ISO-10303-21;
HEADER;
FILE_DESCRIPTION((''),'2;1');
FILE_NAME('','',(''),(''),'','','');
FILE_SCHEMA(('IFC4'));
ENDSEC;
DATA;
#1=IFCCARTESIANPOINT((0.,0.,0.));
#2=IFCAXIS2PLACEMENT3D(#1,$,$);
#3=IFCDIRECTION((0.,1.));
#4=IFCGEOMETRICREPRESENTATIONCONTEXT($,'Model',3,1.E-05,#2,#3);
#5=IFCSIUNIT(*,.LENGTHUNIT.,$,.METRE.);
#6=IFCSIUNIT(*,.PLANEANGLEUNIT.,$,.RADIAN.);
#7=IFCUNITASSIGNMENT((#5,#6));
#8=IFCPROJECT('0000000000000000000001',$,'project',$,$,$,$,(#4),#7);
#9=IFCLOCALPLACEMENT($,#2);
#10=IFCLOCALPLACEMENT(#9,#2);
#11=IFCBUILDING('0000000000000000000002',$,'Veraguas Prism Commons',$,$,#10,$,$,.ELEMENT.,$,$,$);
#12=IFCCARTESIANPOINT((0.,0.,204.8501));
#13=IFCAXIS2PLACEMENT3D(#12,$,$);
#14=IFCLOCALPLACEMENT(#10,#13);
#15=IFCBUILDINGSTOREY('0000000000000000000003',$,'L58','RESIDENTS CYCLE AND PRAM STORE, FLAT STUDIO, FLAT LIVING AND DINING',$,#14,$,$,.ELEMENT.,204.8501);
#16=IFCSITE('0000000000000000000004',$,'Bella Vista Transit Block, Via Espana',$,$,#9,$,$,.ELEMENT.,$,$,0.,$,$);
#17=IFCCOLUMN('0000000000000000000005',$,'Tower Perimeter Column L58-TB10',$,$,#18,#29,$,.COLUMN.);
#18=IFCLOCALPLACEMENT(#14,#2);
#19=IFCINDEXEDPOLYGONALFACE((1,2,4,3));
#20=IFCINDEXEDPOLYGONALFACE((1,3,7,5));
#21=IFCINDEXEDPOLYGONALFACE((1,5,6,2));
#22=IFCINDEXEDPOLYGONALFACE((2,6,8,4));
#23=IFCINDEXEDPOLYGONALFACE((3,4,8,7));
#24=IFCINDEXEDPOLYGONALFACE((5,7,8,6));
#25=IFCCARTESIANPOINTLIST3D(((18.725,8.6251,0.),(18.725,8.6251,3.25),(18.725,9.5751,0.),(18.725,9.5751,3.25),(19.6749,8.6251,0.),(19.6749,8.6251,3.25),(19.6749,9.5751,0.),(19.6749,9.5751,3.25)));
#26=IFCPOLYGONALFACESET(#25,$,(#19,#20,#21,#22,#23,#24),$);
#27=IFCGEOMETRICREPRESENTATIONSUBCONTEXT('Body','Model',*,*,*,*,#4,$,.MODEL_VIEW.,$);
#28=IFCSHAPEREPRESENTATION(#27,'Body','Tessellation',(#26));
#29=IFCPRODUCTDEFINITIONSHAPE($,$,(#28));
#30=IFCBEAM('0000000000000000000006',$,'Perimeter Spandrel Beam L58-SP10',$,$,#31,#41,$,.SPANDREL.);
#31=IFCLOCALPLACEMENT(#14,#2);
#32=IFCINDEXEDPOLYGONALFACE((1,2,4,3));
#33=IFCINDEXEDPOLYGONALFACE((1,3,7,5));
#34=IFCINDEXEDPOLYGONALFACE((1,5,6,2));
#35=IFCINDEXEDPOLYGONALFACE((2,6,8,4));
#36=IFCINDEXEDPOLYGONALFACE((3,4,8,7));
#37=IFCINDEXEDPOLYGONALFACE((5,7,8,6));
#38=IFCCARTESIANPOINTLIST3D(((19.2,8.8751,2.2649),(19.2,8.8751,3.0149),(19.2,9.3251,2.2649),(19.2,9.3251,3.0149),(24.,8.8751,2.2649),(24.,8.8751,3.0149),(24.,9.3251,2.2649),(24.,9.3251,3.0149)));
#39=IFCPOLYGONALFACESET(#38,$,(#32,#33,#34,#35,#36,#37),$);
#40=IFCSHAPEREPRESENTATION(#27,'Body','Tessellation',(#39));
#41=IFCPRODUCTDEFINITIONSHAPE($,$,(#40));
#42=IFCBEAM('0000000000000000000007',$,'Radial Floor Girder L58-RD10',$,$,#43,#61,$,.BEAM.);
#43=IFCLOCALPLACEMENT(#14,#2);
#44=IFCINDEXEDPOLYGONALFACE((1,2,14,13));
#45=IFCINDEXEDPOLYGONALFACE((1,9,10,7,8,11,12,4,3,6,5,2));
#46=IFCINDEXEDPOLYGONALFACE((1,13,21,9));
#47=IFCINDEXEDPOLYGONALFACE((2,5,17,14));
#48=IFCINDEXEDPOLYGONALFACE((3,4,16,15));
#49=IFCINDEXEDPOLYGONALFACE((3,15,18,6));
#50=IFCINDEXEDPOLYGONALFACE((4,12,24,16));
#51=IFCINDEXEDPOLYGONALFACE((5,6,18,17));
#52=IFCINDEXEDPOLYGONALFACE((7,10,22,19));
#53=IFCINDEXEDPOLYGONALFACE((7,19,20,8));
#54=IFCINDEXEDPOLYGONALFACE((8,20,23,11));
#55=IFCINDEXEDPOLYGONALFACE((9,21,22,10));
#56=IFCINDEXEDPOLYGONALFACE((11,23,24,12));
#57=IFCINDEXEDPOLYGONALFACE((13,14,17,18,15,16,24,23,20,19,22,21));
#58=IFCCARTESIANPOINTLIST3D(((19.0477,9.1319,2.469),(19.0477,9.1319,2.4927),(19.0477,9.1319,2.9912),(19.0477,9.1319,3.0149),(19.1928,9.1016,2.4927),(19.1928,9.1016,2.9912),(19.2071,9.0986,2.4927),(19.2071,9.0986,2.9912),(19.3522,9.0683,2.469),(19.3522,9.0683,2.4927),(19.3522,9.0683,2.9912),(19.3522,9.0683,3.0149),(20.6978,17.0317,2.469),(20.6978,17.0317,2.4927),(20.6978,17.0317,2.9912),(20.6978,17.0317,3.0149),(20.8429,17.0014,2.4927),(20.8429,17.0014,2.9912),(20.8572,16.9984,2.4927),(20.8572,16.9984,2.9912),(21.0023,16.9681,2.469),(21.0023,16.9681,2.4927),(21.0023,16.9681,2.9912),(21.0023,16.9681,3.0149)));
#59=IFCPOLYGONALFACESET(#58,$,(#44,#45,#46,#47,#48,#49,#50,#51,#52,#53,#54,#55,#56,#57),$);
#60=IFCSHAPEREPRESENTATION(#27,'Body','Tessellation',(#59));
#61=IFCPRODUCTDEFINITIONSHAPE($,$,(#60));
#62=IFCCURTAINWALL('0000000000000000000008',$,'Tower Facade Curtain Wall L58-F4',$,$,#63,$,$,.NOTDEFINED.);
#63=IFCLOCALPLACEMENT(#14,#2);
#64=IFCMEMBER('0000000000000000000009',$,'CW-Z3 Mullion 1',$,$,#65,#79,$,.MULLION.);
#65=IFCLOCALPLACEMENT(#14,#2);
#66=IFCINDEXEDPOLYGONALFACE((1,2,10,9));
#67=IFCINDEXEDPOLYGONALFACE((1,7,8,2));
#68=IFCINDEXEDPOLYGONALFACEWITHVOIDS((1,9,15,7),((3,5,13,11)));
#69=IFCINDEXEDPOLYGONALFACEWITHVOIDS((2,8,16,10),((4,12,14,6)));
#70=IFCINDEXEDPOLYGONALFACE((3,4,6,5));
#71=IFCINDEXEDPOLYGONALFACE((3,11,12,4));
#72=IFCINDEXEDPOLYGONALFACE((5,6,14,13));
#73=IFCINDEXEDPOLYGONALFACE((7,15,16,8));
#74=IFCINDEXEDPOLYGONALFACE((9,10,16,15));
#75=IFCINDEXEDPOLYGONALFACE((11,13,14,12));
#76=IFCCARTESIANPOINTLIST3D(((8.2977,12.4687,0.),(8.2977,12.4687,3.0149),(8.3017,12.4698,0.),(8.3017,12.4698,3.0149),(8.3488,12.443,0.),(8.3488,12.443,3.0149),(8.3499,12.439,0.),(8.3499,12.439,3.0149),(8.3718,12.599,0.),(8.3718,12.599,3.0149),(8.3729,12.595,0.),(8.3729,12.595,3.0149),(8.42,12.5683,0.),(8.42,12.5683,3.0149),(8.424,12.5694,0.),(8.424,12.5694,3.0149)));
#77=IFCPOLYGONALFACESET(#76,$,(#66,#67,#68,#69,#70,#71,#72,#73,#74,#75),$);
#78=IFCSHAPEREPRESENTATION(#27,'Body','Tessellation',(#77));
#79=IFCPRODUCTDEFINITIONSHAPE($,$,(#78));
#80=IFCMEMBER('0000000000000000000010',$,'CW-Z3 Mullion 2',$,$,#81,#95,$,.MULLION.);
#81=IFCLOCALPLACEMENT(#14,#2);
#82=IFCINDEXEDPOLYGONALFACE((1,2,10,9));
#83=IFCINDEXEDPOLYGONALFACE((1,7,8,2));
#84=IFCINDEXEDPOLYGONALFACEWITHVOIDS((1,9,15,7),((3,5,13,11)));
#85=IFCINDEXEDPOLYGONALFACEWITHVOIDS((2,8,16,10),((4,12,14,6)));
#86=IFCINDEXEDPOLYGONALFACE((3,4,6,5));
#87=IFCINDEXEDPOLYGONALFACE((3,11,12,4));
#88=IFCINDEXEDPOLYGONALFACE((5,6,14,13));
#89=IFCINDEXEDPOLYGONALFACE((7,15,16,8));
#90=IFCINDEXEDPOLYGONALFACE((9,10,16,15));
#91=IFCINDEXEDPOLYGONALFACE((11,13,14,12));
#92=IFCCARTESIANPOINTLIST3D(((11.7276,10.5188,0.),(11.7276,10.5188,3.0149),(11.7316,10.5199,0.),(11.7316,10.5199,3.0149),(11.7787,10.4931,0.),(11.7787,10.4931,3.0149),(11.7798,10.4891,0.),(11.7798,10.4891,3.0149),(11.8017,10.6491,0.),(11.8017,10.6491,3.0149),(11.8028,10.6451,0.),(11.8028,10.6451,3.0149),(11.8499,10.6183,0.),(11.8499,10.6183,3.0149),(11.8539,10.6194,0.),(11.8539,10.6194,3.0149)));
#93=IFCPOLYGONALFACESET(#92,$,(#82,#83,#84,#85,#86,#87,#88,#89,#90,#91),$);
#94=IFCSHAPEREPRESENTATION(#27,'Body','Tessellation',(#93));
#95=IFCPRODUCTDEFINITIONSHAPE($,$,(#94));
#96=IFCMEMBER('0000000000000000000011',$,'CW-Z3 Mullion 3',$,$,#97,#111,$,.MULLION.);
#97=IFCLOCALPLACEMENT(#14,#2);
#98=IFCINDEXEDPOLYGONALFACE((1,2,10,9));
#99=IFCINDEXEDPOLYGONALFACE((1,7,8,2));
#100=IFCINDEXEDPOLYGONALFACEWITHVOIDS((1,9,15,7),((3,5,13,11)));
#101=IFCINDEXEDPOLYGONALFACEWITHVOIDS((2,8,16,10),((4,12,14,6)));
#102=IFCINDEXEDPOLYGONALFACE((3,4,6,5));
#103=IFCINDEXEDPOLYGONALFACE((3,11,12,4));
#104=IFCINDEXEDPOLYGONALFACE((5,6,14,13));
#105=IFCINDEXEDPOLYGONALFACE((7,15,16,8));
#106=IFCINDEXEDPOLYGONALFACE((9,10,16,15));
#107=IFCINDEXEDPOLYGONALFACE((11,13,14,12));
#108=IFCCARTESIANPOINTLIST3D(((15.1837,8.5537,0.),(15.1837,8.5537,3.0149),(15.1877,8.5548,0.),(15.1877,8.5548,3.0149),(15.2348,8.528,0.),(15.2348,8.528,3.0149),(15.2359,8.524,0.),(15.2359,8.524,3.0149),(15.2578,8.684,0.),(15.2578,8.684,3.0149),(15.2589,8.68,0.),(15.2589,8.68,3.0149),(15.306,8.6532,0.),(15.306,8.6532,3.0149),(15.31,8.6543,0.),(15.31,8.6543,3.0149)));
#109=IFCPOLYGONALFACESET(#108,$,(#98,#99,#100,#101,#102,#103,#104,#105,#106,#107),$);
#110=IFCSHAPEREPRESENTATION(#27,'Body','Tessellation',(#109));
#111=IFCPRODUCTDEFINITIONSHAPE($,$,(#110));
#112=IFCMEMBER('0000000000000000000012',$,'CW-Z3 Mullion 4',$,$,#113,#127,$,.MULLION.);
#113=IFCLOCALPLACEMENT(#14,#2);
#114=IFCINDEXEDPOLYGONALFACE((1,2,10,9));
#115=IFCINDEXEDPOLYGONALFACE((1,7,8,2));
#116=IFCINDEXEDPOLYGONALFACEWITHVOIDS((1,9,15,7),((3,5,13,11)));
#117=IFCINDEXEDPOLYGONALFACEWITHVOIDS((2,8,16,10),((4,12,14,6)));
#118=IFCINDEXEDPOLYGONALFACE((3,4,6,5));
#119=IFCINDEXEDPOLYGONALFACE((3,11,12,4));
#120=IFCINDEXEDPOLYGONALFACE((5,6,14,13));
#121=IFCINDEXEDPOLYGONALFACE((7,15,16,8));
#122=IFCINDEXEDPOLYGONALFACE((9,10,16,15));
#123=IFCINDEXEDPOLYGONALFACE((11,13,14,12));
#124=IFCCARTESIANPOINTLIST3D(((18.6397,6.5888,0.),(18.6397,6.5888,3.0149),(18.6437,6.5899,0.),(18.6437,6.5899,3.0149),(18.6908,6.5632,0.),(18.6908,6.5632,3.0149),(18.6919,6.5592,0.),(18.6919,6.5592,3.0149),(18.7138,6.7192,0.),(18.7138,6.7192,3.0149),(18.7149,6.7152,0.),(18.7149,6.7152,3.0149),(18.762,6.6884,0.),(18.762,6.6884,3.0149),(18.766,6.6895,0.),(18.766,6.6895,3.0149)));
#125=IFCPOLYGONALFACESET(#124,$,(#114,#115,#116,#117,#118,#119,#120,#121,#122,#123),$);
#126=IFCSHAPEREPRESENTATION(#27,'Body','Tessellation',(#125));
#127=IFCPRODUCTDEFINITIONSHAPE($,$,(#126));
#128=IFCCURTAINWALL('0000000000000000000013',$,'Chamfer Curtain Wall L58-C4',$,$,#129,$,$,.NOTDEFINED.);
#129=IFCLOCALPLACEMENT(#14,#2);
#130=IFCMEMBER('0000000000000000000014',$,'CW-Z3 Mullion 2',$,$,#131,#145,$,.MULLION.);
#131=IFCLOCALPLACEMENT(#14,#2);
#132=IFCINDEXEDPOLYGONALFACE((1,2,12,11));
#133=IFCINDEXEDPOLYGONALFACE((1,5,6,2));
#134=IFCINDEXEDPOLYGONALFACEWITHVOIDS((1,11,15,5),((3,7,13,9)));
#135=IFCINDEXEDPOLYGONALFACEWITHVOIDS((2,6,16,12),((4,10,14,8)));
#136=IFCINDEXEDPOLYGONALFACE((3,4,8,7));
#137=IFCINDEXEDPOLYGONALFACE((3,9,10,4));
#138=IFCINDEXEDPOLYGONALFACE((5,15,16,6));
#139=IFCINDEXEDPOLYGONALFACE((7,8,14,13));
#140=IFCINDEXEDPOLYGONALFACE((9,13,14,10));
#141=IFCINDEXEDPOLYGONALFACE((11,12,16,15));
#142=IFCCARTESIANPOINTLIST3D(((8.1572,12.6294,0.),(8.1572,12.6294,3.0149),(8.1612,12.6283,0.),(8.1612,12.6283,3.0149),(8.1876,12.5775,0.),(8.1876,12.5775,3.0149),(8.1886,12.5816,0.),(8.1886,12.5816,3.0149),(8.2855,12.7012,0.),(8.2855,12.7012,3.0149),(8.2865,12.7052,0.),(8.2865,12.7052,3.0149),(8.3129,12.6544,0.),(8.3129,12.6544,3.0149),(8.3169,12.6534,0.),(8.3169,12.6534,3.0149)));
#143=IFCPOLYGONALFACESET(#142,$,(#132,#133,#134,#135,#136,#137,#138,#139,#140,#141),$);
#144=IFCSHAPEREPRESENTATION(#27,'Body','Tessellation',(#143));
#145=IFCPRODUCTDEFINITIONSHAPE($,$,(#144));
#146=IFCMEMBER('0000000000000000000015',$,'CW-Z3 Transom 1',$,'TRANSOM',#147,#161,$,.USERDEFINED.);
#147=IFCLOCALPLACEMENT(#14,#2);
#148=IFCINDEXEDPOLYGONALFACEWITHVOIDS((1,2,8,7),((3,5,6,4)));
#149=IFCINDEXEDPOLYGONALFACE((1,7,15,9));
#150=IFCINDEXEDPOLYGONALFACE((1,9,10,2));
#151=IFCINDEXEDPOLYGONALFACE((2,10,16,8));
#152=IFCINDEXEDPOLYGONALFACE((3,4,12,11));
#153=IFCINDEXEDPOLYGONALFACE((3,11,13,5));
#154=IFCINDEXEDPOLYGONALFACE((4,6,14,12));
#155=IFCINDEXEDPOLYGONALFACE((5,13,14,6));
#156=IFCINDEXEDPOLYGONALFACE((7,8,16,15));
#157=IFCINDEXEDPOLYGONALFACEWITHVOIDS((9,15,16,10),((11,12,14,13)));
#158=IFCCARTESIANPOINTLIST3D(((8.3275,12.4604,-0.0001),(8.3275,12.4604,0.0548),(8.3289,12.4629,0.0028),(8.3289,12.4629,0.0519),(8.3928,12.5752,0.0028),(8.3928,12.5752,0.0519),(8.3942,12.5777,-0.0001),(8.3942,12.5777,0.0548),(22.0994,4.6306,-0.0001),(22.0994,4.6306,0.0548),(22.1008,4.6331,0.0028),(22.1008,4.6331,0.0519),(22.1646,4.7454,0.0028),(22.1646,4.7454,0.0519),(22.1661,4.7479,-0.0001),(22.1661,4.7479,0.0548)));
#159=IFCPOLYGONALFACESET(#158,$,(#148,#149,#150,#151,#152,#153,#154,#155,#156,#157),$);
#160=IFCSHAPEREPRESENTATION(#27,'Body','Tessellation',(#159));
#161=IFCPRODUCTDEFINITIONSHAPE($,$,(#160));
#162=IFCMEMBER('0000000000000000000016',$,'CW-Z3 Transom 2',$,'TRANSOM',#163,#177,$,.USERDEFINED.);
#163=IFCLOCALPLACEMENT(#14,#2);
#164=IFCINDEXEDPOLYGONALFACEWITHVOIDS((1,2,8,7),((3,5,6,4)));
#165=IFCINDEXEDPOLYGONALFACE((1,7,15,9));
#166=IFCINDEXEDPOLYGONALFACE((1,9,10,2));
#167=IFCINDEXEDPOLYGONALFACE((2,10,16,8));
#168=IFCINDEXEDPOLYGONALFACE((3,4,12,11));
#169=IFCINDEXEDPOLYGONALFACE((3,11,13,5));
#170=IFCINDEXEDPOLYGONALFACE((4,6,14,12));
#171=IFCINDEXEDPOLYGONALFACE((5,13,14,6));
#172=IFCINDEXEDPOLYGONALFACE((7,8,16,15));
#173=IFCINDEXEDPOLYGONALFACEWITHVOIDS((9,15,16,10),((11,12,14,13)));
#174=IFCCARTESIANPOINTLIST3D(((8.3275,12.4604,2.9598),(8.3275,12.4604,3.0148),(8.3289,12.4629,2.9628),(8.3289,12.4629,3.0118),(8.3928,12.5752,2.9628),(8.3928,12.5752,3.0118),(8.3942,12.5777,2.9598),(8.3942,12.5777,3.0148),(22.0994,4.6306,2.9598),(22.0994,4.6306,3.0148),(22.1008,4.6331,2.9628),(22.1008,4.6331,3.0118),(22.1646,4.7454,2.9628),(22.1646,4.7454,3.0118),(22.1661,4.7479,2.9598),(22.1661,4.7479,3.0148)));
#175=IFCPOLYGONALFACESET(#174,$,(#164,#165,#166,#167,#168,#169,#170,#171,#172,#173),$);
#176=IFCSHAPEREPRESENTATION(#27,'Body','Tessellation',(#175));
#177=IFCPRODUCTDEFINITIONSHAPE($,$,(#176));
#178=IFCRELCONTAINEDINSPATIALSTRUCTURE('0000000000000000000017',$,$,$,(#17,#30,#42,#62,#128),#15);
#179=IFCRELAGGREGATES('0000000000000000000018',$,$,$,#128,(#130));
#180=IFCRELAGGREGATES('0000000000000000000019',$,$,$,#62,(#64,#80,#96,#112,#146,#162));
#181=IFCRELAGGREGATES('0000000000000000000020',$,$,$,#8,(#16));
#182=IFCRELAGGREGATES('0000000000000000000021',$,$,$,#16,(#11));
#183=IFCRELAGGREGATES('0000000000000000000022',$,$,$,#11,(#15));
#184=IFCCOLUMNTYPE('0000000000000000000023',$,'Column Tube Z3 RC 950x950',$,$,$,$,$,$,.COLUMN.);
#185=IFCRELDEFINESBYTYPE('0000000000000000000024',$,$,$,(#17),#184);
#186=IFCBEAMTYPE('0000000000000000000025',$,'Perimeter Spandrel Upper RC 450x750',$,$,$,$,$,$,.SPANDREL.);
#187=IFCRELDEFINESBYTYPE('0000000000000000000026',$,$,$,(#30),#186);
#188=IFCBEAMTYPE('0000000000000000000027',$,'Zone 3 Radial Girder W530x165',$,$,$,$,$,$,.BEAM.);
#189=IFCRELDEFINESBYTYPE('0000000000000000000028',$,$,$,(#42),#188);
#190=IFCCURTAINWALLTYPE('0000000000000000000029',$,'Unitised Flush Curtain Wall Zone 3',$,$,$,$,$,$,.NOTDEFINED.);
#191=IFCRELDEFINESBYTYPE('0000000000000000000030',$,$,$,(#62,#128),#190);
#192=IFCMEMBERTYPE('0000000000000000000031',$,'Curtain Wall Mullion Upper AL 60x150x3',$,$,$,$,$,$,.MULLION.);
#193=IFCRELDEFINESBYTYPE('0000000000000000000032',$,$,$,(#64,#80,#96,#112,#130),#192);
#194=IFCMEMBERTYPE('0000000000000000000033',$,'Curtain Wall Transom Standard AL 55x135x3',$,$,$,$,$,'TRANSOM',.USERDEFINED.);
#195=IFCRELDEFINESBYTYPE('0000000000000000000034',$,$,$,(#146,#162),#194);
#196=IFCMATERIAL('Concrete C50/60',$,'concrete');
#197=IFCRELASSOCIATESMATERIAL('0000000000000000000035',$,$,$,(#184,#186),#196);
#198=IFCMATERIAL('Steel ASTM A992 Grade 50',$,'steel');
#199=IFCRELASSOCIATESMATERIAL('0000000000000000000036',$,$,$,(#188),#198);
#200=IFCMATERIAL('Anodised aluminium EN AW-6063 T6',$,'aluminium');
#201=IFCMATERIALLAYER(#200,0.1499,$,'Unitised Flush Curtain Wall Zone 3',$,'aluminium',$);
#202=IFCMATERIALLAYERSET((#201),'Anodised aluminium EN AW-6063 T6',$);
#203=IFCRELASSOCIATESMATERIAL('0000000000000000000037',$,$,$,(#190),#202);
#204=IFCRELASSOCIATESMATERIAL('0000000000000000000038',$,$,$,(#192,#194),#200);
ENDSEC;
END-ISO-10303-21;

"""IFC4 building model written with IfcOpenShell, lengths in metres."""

from ifc_helpers import new_model, si_unit, direction, frame, origin, origin_2d, place, context, subcontext, project, spatial, rectangle, hollow_rectangle, i_section, extrude, source, transform, mapped, material, layer, layer_set, material_profile, profile_set, type_object, element, aggregate, save


model = new_model("IFC4")

# Units and contexts
model_context = context("Model", 3, precision=1e-05, world=origin(), true_north=direction((0.0, 1.0)))
body_context = subcontext(model_context, "Body", "Model", "MODEL_VIEW")
ifc_project = project(units=[si_unit("LENGTHUNIT", "METRE"), si_unit("PLANEANGLEUNIT", "RADIAN")], contexts=[model_context])

# Site, building, storey
site_placement = place(None, origin())
site = spatial("IfcSite", under=ifc_project, at=site_placement, Name="Bella Vista Transit Block, Via Espana", CompositionType="ELEMENT", RefElevation=0.0)
building_placement = place(site_placement, origin())
building = spatial("IfcBuilding", under=site, at=building_placement, Name="Veraguas Prism Commons", CompositionType="ELEMENT")
storey_placement = place(building_placement, frame((0.0, 0.0, 204.8501)))
storey = spatial("IfcBuildingStorey", under=building, at=storey_placement, Name="L58", Description="RESIDENTS CYCLE AND PRAM STORE, FLAT STUDIO, FLAT LIVING AND DINING", CompositionType="ELEMENT", Elevation=204.8501)

# Column
ifc_material_1 = material(Name="Concrete C50/60", Category="concrete")
ifc_material_profile_1 = material_profile(ifc_material_1, rectangle(XDim=0.95, YDim=0.95, at=origin_2d()), Name="RC950X950")
ifc_profile_set_1 = profile_set([ifc_material_profile_1], Name="Concrete C50/60")
column_type = type_object("IfcColumnType", Name="Column Tube Z3 RC 950x950", PredefinedType="COLUMN", material=ifc_profile_set_1)
column_placement = place(storey_placement, frame((19.2, 9.1001, 0.0), z_axis=(0.0, 0.0, 1.0), x_axis=(1.0, 0.0, 0.0)))
element("IfcColumn", 1, at=column_placement, inside=storey, type_object=column_type, Name="Tower Perimeter Column L58-TB10", PredefinedType="COLUMN", context=body_context, shape_type="SweptSolid", body=[
    extrude(rectangle(XDim=0.95, YDim=0.95, at=origin_2d()), origin(), (0.0, 0.0, 1.0), 3.25),
])

# Beams
ifc_material_profile_2 = material_profile(ifc_material_1, rectangle(XDim=0.45, YDim=0.75, at=origin_2d()), Name="RC450X750")
ifc_profile_set_2 = profile_set([ifc_material_profile_2], Name="Concrete C50/60")
beam_type_1 = type_object("IfcBeamType", Name="Perimeter Spandrel Upper RC 450x750", PredefinedType="SPANDREL", material=ifc_profile_set_2)
beam_1_placement = place(storey_placement, frame((19.2, 9.1001, 2.6399), z_axis=(1.0, 0.0, 0.0), x_axis=(0.0, 1.0, 0.0)))
element("IfcBeam", 2, at=beam_1_placement, inside=storey, type_object=beam_type_1, Name="Perimeter Spandrel Beam L58-SP10", PredefinedType="SPANDREL", context=body_context, shape_type="SweptSolid", body=[
    extrude(rectangle(XDim=0.45, YDim=0.75, at=origin_2d()), origin(), (0.0, 0.0, 1.0), 4.8),
])
ifc_material_2 = material(Name="Steel ASTM A992 Grade 50", Category="steel")
ifc_material_profile_3 = material_profile(ifc_material_2, i_section(OverallWidth=0.311, OverallDepth=0.5459, WebThickness=0.0146, FlangeThickness=0.0237, at=origin_2d()), Name="W530X165")
ifc_profile_set_3 = profile_set([ifc_material_profile_3], Name="Steel ASTM A992 Grade 50")
beam_type_2 = type_object("IfcBeamType", Name="Zone 3 Radial Girder W530x165", PredefinedType="BEAM", material=ifc_profile_set_3)
beam_2_placement = place(storey_placement, frame((19.2, 9.1001, 2.7419), z_axis=(0.204469, 0.978873, 0.0), x_axis=(-0.978873, 0.204469, 0.0)))
element("IfcBeam", 3, at=beam_2_placement, inside=storey, type_object=beam_type_2, Name="Radial Floor Girder L58-RD10", PredefinedType="BEAM", context=body_context, shape_type="SweptSolid", body=[
    extrude(i_section(OverallWidth=0.311, OverallDepth=0.5459, WebThickness=0.0146, FlangeThickness=0.0237, at=origin_2d()), origin(), (0.0, 0.0, 1.0), 8.0703),
])

# Curtain wall, members
ifc_material_3 = material(Name="Anodised aluminium EN AW-6063 T6", Category="aluminium")
ifc_layer_1 = layer(ifc_material_3, 0.1499, Name="Unitised Flush Curtain Wall Zone 3", Category="aluminium")
ifc_layer_set_1 = layer_set([ifc_layer_1], Name="Anodised aluminium EN AW-6063 T6")
curtain_wall_type = type_object("IfcCurtainWallType", Name="Unitised Flush Curtain Wall Zone 3", PredefinedType="NOTDEFINED", material=ifc_layer_set_1)
curtain_wall_1_placement = place(storey_placement, origin())
curtain_wall_1 = element("IfcCurtainWall", 4, at=curtain_wall_1_placement, inside=storey, type_object=curtain_wall_type, Name="Tower Facade Curtain Wall L58-F4", PredefinedType="NOTDEFINED")
ifc_material_profile_4 = material_profile(ifc_material_3, hollow_rectangle(XDim=0.0601, YDim=0.1499, WallThickness=0.0029, at=origin_2d()), Name="AL60X150X3")
ifc_profile_set_4 = profile_set([ifc_material_profile_4], Name="Anodised aluminium EN AW-6063 T6")
member_type_1 = type_object("IfcMemberType", Name="Curtain Wall Mullion Upper AL 60x150x3", PredefinedType="MULLION", material=ifc_profile_set_4)
shared_shape_1 = source(origin(), body_context, "Body", "SweptSolid", [
    extrude(hollow_rectangle(XDim=0.0601, YDim=0.1499, WallThickness=0.0029, at=origin_2d()), origin(), (0.0, 0.0, 1.0), 3.0149),
])
member_1_placement = place(storey_placement, frame((8.3608, 12.519, 0.0), z_axis=(0.0, 0.0, 1.0), x_axis=(0.869323, -0.494244, 0.0)))
member_1 = element("IfcMember", 5, at=member_1_placement, type_object=member_type_1, Name="CW-Z3 Mullion 1", PredefinedType="MULLION", context=body_context, shape_type="MappedRepresentation", body=[
    mapped(shared_shape_1, transform((0.0, 0.0, 0.0), scale=1.0)),
])
member_2_placement = place(storey_placement, frame((11.7908, 10.5691, 0.0), z_axis=(0.0, 0.0, 1.0), x_axis=(0.869323, -0.494244, 0.0)))
member_2 = element("IfcMember", 6, at=member_2_placement, type_object=member_type_1, Name="CW-Z3 Mullion 2", PredefinedType="MULLION", context=body_context, shape_type="MappedRepresentation", body=[
    mapped(shared_shape_1, transform((0.0, 0.0, 0.0), scale=1.0)),
])
member_3_placement = place(storey_placement, frame((15.2468, 8.604, 0.0), z_axis=(0.0, 0.0, 1.0), x_axis=(0.869323, -0.494244, 0.0)))
member_3 = element("IfcMember", 7, at=member_3_placement, type_object=member_type_1, Name="CW-Z3 Mullion 3", PredefinedType="MULLION", context=body_context, shape_type="MappedRepresentation", body=[
    mapped(shared_shape_1, transform((0.0, 0.0, 0.0), scale=1.0)),
])
member_4_placement = place(storey_placement, frame((18.7029, 6.6392, 0.0), z_axis=(0.0, 0.0, 1.0), x_axis=(0.869323, -0.494244, 0.0)))
member_4 = element("IfcMember", 8, at=member_4_placement, type_object=member_type_1, Name="CW-Z3 Mullion 4", PredefinedType="MULLION", context=body_context, shape_type="MappedRepresentation", body=[
    mapped(shared_shape_1, transform((0.0, 0.0, 0.0), scale=1.0)),
])

# Curtain wall, member
curtain_wall_2_placement = place(storey_placement, origin())
curtain_wall_2 = element("IfcCurtainWall", 9, at=curtain_wall_2_placement, inside=storey, type_object=curtain_wall_type, Name="Chamfer Curtain Wall L58-C4", PredefinedType="NOTDEFINED")
member_5_placement = place(storey_placement, frame((8.2371, 12.6414, 0.0), z_axis=(0.0, 0.0, 1.0), x_axis=(0.505763, -0.862673, 0.0)))
member_5 = element("IfcMember", 10, at=member_5_placement, type_object=member_type_1, Name="CW-Z3 Mullion 2", PredefinedType="MULLION", context=body_context, shape_type="MappedRepresentation", body=[
    mapped(shared_shape_1, transform((0.0, 0.0, 0.0), scale=1.0)),
])
aggregate(curtain_wall_2, [member_5])

# Members
ifc_material_profile_5 = material_profile(ifc_material_3, hollow_rectangle(XDim=0.0549, YDim=0.135, WallThickness=0.0029, at=origin_2d()), Name="AL55X135X3")
ifc_profile_set_5 = profile_set([ifc_material_profile_5], Name="Anodised aluminium EN AW-6063 T6")
member_type_2 = type_object("IfcMemberType", Name="Curtain Wall Transom Standard AL 55x135x3", ElementType="TRANSOM", PredefinedType="USERDEFINED", material=ifc_profile_set_5)
shared_shape_2 = source(origin(), body_context, "Body", "SweptSolid", [
    extrude(hollow_rectangle(XDim=0.0549, YDim=0.135, WallThickness=0.0029, at=origin_2d()), origin(), (0.0, 0.0, 1.0), 15.842),
])
member_6_placement = place(storey_placement, frame((8.3608, 12.519, 0.0273), z_axis=(0.869325, -0.494241, 0.0), x_axis=(0.0, 0.0, 1.0)))
member_6 = element("IfcMember", 11, at=member_6_placement, type_object=member_type_2, Name="CW-Z3 Transom 1", ObjectType="TRANSOM", PredefinedType="USERDEFINED", context=body_context, shape_type="MappedRepresentation", body=[
    mapped(shared_shape_2, transform((0.0, 0.0, 0.0), scale=1.0)),
])
member_7_placement = place(storey_placement, frame((8.3608, 12.519, 2.9873), z_axis=(0.869325, -0.494241, 0.0), x_axis=(0.0, 0.0, 1.0)))
member_7 = element("IfcMember", 12, at=member_7_placement, type_object=member_type_2, Name="CW-Z3 Transom 2", ObjectType="TRANSOM", PredefinedType="USERDEFINED", context=body_context, shape_type="MappedRepresentation", body=[
    mapped(shared_shape_2, transform((0.0, 0.0, 0.0), scale=1.0)),
])

aggregate(curtain_wall_1, [member_1, member_2, member_3, member_4, member_6, member_7])

save(model, "model.ifc")
